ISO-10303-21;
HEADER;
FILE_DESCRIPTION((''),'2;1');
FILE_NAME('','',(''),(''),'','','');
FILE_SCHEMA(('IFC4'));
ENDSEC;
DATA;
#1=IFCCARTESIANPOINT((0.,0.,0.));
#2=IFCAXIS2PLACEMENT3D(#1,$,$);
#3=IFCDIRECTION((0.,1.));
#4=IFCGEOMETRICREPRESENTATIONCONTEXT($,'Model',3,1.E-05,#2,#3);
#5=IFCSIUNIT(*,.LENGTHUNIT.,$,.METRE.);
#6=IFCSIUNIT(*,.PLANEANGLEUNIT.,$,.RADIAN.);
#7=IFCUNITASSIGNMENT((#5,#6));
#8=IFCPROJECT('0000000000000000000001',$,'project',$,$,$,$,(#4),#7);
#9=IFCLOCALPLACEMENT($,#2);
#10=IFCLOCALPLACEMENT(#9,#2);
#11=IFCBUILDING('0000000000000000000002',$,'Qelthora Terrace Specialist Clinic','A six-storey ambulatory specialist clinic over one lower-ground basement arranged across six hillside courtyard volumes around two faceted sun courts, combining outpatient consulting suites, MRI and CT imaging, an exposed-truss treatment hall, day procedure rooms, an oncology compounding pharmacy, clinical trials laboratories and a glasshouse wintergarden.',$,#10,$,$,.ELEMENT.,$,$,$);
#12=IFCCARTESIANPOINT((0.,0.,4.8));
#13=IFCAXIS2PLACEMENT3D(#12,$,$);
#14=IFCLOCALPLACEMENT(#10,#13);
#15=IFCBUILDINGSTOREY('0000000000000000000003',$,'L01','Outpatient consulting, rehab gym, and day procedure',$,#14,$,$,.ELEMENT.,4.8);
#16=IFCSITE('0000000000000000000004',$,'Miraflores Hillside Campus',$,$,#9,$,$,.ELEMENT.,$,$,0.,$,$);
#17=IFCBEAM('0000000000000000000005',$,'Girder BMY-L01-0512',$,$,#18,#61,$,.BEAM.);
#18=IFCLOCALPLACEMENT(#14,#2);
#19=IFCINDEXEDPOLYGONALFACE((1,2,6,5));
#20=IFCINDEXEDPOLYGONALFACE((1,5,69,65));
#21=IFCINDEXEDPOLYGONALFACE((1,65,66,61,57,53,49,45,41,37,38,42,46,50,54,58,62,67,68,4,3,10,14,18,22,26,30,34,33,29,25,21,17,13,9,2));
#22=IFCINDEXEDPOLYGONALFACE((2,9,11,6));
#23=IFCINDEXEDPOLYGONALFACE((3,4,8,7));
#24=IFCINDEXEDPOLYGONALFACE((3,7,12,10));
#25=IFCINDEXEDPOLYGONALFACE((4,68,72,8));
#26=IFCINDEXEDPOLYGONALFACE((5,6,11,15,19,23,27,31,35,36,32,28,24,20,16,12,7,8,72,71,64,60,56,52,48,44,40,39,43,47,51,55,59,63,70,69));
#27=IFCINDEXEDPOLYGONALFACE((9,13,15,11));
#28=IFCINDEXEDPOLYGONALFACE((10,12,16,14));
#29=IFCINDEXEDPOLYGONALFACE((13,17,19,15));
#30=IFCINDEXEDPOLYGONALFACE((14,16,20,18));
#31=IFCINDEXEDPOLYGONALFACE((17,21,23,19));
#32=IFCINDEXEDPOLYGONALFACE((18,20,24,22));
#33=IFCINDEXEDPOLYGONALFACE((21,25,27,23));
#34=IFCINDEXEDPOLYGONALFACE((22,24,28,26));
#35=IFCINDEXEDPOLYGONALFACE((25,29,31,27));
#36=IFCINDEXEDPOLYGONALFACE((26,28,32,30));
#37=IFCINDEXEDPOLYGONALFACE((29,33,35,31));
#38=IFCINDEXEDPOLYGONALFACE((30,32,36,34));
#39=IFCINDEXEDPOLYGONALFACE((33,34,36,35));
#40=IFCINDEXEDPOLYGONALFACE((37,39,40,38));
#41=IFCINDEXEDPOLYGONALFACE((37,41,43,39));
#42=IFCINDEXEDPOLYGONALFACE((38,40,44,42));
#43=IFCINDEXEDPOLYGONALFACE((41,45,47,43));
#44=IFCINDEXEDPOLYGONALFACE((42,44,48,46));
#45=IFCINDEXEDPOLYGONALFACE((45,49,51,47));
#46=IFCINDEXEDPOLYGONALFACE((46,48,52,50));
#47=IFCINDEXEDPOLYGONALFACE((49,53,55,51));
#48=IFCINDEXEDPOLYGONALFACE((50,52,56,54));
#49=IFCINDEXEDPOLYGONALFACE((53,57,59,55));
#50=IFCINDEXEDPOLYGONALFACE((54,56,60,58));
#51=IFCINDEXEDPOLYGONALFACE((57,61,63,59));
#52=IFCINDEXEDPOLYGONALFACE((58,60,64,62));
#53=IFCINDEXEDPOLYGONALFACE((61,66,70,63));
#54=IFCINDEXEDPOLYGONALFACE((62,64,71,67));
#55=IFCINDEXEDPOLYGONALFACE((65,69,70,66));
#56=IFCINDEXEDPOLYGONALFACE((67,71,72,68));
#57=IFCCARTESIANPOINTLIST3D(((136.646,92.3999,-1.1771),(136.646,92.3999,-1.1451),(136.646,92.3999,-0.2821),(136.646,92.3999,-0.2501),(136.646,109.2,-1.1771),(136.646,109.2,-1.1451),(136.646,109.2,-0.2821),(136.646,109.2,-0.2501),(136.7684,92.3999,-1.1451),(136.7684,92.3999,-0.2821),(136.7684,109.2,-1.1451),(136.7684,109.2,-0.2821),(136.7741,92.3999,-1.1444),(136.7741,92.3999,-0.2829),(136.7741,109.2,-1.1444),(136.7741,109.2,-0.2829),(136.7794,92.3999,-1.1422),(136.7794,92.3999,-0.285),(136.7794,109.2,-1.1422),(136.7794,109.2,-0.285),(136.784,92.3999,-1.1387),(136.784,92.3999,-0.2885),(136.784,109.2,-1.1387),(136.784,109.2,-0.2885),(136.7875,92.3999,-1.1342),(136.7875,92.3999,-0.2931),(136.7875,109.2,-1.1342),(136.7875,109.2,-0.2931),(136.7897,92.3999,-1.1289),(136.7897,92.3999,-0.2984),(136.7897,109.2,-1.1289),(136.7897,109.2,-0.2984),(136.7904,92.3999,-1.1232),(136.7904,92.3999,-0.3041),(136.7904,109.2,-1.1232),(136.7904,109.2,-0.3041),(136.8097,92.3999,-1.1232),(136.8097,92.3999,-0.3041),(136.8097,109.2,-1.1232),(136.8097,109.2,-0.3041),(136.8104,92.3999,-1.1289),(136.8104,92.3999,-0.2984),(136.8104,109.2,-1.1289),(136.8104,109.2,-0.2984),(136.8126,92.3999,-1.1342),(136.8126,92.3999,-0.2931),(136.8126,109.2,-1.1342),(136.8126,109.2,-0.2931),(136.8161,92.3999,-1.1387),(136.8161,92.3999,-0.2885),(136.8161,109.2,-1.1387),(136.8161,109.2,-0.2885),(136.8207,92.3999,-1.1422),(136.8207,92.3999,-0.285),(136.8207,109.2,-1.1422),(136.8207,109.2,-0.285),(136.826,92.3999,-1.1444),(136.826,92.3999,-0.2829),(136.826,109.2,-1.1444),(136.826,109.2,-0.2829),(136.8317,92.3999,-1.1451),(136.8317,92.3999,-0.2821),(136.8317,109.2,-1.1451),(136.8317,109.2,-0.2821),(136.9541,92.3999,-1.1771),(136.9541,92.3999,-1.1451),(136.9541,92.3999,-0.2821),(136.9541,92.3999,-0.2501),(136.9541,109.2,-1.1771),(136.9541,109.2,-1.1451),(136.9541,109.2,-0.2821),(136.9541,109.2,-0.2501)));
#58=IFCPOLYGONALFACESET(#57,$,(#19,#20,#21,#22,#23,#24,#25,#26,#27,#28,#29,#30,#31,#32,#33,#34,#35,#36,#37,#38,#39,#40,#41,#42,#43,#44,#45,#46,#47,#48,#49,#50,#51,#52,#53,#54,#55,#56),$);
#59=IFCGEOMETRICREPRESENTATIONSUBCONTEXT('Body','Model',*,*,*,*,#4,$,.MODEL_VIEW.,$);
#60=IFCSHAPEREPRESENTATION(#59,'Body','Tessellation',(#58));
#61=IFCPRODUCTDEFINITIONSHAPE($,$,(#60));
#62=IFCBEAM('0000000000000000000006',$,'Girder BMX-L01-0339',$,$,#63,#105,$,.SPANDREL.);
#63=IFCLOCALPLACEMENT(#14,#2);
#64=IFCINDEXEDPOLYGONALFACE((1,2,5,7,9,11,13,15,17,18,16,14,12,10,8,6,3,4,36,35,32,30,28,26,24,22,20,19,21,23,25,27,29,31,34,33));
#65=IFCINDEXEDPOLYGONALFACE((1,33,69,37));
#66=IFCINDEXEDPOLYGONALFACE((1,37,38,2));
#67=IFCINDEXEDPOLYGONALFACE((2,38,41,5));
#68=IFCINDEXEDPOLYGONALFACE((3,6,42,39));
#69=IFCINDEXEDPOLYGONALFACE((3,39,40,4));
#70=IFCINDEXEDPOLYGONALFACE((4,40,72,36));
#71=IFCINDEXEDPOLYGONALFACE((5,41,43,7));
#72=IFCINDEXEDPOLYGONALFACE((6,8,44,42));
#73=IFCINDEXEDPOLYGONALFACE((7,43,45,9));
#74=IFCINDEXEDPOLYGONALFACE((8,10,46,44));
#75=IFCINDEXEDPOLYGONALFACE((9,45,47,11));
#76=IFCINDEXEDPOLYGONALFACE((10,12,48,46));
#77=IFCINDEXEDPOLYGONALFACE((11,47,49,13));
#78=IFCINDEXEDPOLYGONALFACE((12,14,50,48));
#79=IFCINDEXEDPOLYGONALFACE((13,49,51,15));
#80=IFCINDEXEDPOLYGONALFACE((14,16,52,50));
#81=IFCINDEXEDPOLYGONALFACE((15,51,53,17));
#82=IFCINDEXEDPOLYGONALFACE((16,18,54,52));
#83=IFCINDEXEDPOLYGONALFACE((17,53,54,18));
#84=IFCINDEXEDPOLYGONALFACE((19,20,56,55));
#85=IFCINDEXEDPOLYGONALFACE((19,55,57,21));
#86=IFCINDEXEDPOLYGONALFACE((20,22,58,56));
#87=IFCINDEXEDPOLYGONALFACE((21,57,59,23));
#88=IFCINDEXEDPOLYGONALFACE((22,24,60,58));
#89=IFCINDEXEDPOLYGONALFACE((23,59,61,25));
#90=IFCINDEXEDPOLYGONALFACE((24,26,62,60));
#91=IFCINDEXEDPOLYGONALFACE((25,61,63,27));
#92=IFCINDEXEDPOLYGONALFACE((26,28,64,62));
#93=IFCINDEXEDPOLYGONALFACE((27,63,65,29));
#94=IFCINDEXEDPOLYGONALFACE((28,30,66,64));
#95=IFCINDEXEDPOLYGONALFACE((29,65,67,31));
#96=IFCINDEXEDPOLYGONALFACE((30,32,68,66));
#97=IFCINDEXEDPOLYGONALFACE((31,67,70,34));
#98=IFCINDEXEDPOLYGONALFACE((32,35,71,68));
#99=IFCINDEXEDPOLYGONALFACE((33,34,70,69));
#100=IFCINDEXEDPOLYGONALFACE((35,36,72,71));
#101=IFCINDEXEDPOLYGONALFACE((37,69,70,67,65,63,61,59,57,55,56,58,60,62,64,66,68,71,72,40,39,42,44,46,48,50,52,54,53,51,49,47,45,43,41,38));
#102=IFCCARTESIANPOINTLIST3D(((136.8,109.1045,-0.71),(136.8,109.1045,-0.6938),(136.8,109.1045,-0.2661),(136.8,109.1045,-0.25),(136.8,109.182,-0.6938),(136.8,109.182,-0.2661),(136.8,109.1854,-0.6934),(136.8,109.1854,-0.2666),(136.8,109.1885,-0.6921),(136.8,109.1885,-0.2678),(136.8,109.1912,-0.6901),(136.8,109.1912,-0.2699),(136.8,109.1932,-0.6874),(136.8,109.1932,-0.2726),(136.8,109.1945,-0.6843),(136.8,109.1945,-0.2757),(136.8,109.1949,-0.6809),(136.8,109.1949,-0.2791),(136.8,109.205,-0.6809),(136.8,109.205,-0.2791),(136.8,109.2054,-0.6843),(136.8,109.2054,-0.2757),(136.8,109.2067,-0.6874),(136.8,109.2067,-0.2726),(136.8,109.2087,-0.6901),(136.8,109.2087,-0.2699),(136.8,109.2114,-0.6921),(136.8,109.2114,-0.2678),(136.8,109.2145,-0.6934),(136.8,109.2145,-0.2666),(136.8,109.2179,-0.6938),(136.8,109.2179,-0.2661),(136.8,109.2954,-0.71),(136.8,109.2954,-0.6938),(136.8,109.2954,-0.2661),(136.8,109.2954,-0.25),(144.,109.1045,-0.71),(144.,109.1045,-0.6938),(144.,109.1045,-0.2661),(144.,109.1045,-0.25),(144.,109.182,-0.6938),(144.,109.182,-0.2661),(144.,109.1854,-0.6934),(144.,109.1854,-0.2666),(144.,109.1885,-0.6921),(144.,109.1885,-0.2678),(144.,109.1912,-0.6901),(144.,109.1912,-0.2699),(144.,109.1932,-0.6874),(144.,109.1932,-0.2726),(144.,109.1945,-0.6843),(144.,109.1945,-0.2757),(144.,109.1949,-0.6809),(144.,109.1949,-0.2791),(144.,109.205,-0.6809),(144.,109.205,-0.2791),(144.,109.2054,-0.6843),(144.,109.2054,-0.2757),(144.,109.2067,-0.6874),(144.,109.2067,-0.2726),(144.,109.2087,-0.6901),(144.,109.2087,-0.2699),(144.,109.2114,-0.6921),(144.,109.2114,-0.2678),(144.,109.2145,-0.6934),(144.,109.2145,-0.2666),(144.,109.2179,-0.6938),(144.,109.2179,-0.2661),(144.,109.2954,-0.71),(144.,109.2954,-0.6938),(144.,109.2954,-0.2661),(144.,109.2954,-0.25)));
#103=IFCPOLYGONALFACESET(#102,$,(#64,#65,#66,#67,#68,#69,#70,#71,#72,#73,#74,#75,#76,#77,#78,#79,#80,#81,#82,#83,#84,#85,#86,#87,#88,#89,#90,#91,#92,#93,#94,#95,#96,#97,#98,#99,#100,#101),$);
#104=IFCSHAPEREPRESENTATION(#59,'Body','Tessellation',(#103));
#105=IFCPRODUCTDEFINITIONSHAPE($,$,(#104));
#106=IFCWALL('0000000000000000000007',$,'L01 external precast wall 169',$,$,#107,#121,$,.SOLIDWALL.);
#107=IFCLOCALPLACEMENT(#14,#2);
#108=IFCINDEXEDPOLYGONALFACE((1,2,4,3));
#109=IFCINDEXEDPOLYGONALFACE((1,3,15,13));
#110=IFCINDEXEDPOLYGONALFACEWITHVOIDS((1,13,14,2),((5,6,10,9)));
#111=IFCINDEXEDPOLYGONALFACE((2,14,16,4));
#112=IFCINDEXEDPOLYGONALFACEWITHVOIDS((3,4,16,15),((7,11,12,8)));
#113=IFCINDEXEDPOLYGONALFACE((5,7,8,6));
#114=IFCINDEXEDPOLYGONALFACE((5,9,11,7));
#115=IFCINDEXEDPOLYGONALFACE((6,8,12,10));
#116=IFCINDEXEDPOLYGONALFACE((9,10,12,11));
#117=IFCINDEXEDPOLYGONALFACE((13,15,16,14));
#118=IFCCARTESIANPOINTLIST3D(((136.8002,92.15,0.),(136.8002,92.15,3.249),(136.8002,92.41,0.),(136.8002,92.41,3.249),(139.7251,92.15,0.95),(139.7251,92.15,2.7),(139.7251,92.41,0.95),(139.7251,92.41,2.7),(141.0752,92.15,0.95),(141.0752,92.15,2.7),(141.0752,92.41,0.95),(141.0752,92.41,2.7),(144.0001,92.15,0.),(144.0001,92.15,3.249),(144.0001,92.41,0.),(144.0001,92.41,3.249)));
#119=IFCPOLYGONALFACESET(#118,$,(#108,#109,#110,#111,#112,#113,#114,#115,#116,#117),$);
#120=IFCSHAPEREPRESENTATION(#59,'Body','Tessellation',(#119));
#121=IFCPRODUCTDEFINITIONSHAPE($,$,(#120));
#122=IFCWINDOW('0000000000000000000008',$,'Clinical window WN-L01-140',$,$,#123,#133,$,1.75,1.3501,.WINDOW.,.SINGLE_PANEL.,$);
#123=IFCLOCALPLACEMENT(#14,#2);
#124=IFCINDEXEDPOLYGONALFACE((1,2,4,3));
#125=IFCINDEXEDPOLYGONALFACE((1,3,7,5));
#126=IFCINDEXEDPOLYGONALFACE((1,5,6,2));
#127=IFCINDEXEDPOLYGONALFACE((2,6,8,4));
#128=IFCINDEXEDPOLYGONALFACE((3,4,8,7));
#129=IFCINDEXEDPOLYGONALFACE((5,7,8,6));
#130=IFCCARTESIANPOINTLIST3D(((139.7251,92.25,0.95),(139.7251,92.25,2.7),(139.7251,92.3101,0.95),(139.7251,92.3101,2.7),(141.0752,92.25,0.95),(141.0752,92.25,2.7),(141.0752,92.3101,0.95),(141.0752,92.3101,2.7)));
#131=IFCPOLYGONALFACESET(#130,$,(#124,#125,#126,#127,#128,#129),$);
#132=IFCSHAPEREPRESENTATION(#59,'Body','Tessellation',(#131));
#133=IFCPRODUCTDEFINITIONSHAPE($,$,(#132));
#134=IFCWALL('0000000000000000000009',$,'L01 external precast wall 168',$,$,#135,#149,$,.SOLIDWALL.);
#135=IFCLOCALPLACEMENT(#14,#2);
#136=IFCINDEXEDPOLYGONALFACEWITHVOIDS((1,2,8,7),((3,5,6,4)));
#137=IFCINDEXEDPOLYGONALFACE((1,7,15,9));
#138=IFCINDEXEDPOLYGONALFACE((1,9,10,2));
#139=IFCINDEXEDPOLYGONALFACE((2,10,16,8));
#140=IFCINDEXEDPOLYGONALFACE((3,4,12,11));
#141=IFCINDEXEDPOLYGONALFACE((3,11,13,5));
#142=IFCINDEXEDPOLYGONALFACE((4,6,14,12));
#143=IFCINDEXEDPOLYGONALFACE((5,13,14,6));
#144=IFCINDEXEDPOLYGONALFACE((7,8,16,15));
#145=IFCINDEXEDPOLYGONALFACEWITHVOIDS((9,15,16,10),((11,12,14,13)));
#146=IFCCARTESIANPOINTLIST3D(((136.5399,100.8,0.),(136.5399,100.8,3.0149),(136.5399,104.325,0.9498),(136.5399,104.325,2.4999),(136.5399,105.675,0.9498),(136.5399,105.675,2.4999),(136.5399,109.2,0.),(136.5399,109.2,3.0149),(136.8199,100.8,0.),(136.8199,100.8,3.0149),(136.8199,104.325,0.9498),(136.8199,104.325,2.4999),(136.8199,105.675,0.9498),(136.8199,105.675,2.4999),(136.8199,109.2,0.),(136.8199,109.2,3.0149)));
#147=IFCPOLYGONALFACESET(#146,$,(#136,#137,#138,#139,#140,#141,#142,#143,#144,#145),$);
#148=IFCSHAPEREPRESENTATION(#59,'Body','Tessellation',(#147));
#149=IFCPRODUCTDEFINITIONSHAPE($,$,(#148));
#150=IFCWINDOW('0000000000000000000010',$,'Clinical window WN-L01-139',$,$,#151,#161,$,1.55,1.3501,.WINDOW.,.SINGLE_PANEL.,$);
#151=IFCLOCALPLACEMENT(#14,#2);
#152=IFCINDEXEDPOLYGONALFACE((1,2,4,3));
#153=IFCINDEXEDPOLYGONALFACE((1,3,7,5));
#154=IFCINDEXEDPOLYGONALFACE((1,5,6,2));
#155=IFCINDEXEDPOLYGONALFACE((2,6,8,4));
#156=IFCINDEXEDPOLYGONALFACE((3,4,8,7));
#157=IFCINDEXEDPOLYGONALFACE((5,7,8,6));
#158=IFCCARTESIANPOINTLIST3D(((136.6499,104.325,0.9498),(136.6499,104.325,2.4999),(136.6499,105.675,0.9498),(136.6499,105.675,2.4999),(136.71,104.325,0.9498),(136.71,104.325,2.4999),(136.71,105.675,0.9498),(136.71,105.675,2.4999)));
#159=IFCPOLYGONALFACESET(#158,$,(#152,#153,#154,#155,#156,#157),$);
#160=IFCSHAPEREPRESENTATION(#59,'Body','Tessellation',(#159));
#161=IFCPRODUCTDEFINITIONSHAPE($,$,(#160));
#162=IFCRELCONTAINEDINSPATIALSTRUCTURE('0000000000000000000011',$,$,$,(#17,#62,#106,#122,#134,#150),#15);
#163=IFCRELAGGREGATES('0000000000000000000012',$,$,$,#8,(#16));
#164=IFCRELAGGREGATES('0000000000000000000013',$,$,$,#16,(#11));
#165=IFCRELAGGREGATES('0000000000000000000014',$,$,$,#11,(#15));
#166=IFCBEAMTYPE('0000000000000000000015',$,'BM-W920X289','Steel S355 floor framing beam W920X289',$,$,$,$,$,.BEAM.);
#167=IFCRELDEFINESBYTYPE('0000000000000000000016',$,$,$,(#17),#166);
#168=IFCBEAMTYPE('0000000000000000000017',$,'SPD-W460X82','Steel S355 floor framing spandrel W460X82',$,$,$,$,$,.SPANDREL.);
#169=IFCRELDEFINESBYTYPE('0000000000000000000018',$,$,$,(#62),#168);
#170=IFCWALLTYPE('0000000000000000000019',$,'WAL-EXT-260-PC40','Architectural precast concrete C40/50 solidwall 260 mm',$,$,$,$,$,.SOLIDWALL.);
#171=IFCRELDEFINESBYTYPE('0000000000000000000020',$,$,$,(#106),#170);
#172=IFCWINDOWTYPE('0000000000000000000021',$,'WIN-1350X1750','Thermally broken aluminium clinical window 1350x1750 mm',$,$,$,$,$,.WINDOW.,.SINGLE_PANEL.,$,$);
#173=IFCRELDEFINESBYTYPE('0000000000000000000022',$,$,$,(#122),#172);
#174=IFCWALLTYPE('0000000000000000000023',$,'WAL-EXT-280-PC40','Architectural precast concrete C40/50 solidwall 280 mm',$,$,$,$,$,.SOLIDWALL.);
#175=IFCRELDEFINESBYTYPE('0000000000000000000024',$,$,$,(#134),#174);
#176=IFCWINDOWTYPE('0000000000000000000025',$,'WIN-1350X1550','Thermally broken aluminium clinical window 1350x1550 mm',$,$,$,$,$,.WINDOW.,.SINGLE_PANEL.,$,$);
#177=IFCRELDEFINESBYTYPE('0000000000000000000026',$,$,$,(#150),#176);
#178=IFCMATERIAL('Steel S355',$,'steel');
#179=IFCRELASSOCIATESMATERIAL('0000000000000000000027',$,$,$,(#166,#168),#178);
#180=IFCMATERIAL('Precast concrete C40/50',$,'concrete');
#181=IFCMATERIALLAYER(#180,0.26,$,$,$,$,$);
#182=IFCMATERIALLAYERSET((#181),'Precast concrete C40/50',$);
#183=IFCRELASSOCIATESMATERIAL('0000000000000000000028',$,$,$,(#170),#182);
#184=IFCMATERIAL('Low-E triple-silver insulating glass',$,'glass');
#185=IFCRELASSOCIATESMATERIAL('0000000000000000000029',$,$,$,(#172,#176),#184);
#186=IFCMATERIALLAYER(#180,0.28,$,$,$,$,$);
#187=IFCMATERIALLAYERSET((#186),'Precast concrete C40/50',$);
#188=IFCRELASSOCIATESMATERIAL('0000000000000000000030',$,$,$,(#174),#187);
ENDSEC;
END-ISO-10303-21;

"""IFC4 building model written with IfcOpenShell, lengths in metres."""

from ifc_helpers import new_model, si_unit, direction, frame, frame_2d, origin, origin_2d, place, context, subcontext, project, spatial, rectangle, i_section, extrude, material, layer, layer_set, material_profile, profile_set, type_object, element, fill, save


model = new_model("IFC4")

# Units and contexts
model_context = context("Model", 3, precision=1e-05, world=origin(), true_north=direction((0.0, 1.0)))
body_context = subcontext(model_context, "Body", "Model", "MODEL_VIEW")
ifc_project = project(units=[si_unit("LENGTHUNIT", "METRE"), si_unit("PLANEANGLEUNIT", "RADIAN")], contexts=[model_context])

# Site, building, storey
site_placement = place(None, origin())
site = spatial("IfcSite", under=ifc_project, at=site_placement, Name="Miraflores Hillside Campus", CompositionType="ELEMENT", RefElevation=0.0)
building_placement = place(site_placement, origin())
building = spatial("IfcBuilding", under=site, at=building_placement, Name="Qelthora Terrace Specialist Clinic", Description="A six-storey ambulatory specialist clinic over one lower-ground basement arranged across six hillside courtyard volumes around two faceted sun courts, combining outpatient consulting suites, MRI and CT imaging, an exposed-truss treatment hall, day procedure rooms, an oncology compounding pharmacy, clinical trials laboratories and a glasshouse wintergarden.", CompositionType="ELEMENT")
storey_placement = place(building_placement, frame((0.0, 0.0, 4.8)))
storey = spatial("IfcBuildingStorey", under=building, at=storey_placement, Name="L01", Description="Outpatient consulting, rehab gym, and day procedure", CompositionType="ELEMENT", Elevation=4.8)

# Shared definitions
ifc_material_1 = material(Name="Steel S355", Category="steel")

# Beams
ifc_material_profile_1 = material_profile(ifc_material_1, i_section(OverallWidth=0.3081, OverallDepth=0.927, WebThickness=0.0193, FlangeThickness=0.032, FilletRadius=0.022, at=origin_2d()), Name="W920X289")
ifc_profile_set_1 = profile_set([ifc_material_profile_1], Name="Steel S355")
beam_type_1 = type_object("IfcBeamType", Name="BM-W920X289", Description="Steel S355 floor framing beam W920X289", PredefinedType="BEAM", material=ifc_profile_set_1)
beam_1_placement = place(storey_placement, frame((136.8, 92.3999, -0.7136), z_axis=(0.0, 1.0, 0.0), x_axis=(-1.0, 0.0, 0.0)))
element("IfcBeam", 1, at=beam_1_placement, inside=storey, type_object=beam_type_1, Name="Girder BMY-L01-0512", PredefinedType="BEAM", context=body_context, shape_type="SweptSolid", body=[
    extrude(i_section(OverallWidth=0.3081, OverallDepth=0.927, WebThickness=0.0193, FlangeThickness=0.032, FilletRadius=0.022, at=origin_2d()), origin(), (0.0, 0.0, 1.0), 16.8),
])
ifc_material_profile_2 = material_profile(ifc_material_1, i_section(OverallWidth=0.1909, OverallDepth=0.46, WebThickness=0.01, FlangeThickness=0.0161, FilletRadius=0.0129, at=origin_2d()), Name="W460X82")
ifc_profile_set_2 = profile_set([ifc_material_profile_2], Name="Steel S355")
beam_type_2 = type_object("IfcBeamType", Name="SPD-W460X82", Description="Steel S355 floor framing spandrel W460X82", PredefinedType="SPANDREL", material=ifc_profile_set_2)
beam_2_placement = place(storey_placement, frame((136.8, 109.2, -0.48), z_axis=(1.0, 0.0, 0.0), x_axis=(0.0, 1.0, 0.0)))
element("IfcBeam", 2, at=beam_2_placement, inside=storey, type_object=beam_type_2, Name="Girder BMX-L01-0339", PredefinedType="SPANDREL", context=body_context, shape_type="SweptSolid", body=[
    extrude(i_section(OverallWidth=0.1909, OverallDepth=0.46, WebThickness=0.01, FlangeThickness=0.0161, FilletRadius=0.0129, at=origin_2d()), origin(), (0.0, 0.0, 1.0), 7.2),
])

# Walls, openings, windows
ifc_material_2 = material(Name="Precast concrete C40/50", Category="concrete")
ifc_layer_1 = layer(ifc_material_2, 0.26)
ifc_layer_set_1 = layer_set([ifc_layer_1], Name="Precast concrete C40/50")
wall_type_1 = type_object("IfcWallType", Name="WAL-EXT-260-PC40", Description="Architectural precast concrete C40/50 solidwall 260 mm", PredefinedType="SOLIDWALL", material=ifc_layer_set_1)
wall_1_placement = place(storey_placement, frame((136.8, 92.28, 0.0), z_axis=(0.0, 0.0, 1.0), x_axis=(1.0, 0.0, 0.0)))
wall_1 = element("IfcWall", 3, at=wall_1_placement, inside=storey, type_object=wall_type_1, Name="L01 external precast wall 169", PredefinedType="SOLIDWALL", context=body_context, shape_type="SweptSolid", body=[
    extrude(rectangle(XDim=7.2, YDim=0.26, at=frame_2d((3.6001, 0.0))), origin(), (0.0, 0.0, 1.0), 3.249),
])
opening_1_placement = place(wall_1_placement, frame((2.925, 0.0, 0.95)))
opening_1 = element("IfcOpeningElement", 4, at=opening_1_placement, cuts=wall_1, PredefinedType="OPENING", context=body_context, shape_type="SweptSolid", body=[
    extrude(rectangle(XDim=1.3501, YDim=1.75, at=frame_2d((0.675, 0.875))), frame((0.0, 0.1399, 0.0), z_axis=(0.0, -1.0, 0.0), x_axis=(1.0, 0.0, 0.0)), (0.0, 0.0, 1.0), 0.28),
])
ifc_material_3 = material(Name="Low-E triple-silver insulating glass", Category="glass")
window_type_1 = type_object("IfcWindowType", Name="WIN-1350X1750", Description="Thermally broken aluminium clinical window 1350x1750 mm", PartitioningType="SINGLE_PANEL", PredefinedType="WINDOW", material=ifc_material_3)
window_1_placement = place(opening_1_placement, origin())
window_1 = element("IfcWindow", 5, at=window_1_placement, inside=storey, type_object=window_type_1, Name="Clinical window WN-L01-140", OverallHeight=1.75, OverallWidth=1.3501, PartitioningType="SINGLE_PANEL", PredefinedType="WINDOW", context=body_context, shape_type="SweptSolid", body=[
    extrude(rectangle(XDim=1.3501, YDim=1.75, at=frame_2d((0.675, 0.875))), frame((0.0, 0.03, 0.0), z_axis=(0.0, -1.0, 0.0), x_axis=(1.0, 0.0, 0.0)), (0.0, 0.0, 1.0), 0.0601),
])
fill(opening_1, window_1)
ifc_layer_2 = layer(ifc_material_2, 0.28)
ifc_layer_set_2 = layer_set([ifc_layer_2], Name="Precast concrete C40/50")
wall_type_2 = type_object("IfcWallType", Name="WAL-EXT-280-PC40", Description="Architectural precast concrete C40/50 solidwall 280 mm", PredefinedType="SOLIDWALL", material=ifc_layer_set_2)
wall_2_placement = place(storey_placement, frame((136.6799, 100.8, 0.0), z_axis=(0.0, 0.0, 1.0), x_axis=(0.0, 1.0, 0.0)))
wall_2 = element("IfcWall", 6, at=wall_2_placement, inside=storey, type_object=wall_type_2, Name="L01 external precast wall 168", PredefinedType="SOLIDWALL", context=body_context, shape_type="SweptSolid", body=[
    extrude(rectangle(XDim=8.3999, YDim=0.28, at=frame_2d((4.2, 0.0))), origin(), (0.0, 0.0, 1.0), 3.0149),
])
opening_2_placement = place(wall_2_placement, frame((3.5249, 0.0, 0.95)))
opening_2 = element("IfcOpeningElement", 7, at=opening_2_placement, cuts=wall_2, PredefinedType="OPENING", context=body_context, shape_type="SweptSolid", body=[
    extrude(rectangle(XDim=1.3501, YDim=1.55, at=frame_2d((0.675, 0.7749))), frame((0.0, 0.1499, 0.0), z_axis=(0.0, -1.0, 0.0), x_axis=(1.0, 0.0, 0.0)), (0.0, 0.0, 1.0), 0.3),
])
window_type_2 = type_object("IfcWindowType", Name="WIN-1350X1550", Description="Thermally broken aluminium clinical window 1350x1550 mm", PartitioningType="SINGLE_PANEL", PredefinedType="WINDOW", material=ifc_material_3)
window_2_placement = place(opening_2_placement, origin())
window_2 = element("IfcWindow", 8, at=window_2_placement, inside=storey, type_object=window_type_2, Name="Clinical window WN-L01-139", OverallHeight=1.55, OverallWidth=1.3501, PartitioningType="SINGLE_PANEL", PredefinedType="WINDOW", context=body_context, shape_type="SweptSolid", body=[
    extrude(rectangle(XDim=1.3501, YDim=1.55, at=frame_2d((0.675, 0.7749))), frame((0.0, 0.03, 0.0), z_axis=(0.0, -1.0, 0.0), x_axis=(1.0, 0.0, 0.0)), (0.0, 0.0, 1.0), 0.0601),
])
fill(opening_2, window_2)

save(model, "model.ifc")
